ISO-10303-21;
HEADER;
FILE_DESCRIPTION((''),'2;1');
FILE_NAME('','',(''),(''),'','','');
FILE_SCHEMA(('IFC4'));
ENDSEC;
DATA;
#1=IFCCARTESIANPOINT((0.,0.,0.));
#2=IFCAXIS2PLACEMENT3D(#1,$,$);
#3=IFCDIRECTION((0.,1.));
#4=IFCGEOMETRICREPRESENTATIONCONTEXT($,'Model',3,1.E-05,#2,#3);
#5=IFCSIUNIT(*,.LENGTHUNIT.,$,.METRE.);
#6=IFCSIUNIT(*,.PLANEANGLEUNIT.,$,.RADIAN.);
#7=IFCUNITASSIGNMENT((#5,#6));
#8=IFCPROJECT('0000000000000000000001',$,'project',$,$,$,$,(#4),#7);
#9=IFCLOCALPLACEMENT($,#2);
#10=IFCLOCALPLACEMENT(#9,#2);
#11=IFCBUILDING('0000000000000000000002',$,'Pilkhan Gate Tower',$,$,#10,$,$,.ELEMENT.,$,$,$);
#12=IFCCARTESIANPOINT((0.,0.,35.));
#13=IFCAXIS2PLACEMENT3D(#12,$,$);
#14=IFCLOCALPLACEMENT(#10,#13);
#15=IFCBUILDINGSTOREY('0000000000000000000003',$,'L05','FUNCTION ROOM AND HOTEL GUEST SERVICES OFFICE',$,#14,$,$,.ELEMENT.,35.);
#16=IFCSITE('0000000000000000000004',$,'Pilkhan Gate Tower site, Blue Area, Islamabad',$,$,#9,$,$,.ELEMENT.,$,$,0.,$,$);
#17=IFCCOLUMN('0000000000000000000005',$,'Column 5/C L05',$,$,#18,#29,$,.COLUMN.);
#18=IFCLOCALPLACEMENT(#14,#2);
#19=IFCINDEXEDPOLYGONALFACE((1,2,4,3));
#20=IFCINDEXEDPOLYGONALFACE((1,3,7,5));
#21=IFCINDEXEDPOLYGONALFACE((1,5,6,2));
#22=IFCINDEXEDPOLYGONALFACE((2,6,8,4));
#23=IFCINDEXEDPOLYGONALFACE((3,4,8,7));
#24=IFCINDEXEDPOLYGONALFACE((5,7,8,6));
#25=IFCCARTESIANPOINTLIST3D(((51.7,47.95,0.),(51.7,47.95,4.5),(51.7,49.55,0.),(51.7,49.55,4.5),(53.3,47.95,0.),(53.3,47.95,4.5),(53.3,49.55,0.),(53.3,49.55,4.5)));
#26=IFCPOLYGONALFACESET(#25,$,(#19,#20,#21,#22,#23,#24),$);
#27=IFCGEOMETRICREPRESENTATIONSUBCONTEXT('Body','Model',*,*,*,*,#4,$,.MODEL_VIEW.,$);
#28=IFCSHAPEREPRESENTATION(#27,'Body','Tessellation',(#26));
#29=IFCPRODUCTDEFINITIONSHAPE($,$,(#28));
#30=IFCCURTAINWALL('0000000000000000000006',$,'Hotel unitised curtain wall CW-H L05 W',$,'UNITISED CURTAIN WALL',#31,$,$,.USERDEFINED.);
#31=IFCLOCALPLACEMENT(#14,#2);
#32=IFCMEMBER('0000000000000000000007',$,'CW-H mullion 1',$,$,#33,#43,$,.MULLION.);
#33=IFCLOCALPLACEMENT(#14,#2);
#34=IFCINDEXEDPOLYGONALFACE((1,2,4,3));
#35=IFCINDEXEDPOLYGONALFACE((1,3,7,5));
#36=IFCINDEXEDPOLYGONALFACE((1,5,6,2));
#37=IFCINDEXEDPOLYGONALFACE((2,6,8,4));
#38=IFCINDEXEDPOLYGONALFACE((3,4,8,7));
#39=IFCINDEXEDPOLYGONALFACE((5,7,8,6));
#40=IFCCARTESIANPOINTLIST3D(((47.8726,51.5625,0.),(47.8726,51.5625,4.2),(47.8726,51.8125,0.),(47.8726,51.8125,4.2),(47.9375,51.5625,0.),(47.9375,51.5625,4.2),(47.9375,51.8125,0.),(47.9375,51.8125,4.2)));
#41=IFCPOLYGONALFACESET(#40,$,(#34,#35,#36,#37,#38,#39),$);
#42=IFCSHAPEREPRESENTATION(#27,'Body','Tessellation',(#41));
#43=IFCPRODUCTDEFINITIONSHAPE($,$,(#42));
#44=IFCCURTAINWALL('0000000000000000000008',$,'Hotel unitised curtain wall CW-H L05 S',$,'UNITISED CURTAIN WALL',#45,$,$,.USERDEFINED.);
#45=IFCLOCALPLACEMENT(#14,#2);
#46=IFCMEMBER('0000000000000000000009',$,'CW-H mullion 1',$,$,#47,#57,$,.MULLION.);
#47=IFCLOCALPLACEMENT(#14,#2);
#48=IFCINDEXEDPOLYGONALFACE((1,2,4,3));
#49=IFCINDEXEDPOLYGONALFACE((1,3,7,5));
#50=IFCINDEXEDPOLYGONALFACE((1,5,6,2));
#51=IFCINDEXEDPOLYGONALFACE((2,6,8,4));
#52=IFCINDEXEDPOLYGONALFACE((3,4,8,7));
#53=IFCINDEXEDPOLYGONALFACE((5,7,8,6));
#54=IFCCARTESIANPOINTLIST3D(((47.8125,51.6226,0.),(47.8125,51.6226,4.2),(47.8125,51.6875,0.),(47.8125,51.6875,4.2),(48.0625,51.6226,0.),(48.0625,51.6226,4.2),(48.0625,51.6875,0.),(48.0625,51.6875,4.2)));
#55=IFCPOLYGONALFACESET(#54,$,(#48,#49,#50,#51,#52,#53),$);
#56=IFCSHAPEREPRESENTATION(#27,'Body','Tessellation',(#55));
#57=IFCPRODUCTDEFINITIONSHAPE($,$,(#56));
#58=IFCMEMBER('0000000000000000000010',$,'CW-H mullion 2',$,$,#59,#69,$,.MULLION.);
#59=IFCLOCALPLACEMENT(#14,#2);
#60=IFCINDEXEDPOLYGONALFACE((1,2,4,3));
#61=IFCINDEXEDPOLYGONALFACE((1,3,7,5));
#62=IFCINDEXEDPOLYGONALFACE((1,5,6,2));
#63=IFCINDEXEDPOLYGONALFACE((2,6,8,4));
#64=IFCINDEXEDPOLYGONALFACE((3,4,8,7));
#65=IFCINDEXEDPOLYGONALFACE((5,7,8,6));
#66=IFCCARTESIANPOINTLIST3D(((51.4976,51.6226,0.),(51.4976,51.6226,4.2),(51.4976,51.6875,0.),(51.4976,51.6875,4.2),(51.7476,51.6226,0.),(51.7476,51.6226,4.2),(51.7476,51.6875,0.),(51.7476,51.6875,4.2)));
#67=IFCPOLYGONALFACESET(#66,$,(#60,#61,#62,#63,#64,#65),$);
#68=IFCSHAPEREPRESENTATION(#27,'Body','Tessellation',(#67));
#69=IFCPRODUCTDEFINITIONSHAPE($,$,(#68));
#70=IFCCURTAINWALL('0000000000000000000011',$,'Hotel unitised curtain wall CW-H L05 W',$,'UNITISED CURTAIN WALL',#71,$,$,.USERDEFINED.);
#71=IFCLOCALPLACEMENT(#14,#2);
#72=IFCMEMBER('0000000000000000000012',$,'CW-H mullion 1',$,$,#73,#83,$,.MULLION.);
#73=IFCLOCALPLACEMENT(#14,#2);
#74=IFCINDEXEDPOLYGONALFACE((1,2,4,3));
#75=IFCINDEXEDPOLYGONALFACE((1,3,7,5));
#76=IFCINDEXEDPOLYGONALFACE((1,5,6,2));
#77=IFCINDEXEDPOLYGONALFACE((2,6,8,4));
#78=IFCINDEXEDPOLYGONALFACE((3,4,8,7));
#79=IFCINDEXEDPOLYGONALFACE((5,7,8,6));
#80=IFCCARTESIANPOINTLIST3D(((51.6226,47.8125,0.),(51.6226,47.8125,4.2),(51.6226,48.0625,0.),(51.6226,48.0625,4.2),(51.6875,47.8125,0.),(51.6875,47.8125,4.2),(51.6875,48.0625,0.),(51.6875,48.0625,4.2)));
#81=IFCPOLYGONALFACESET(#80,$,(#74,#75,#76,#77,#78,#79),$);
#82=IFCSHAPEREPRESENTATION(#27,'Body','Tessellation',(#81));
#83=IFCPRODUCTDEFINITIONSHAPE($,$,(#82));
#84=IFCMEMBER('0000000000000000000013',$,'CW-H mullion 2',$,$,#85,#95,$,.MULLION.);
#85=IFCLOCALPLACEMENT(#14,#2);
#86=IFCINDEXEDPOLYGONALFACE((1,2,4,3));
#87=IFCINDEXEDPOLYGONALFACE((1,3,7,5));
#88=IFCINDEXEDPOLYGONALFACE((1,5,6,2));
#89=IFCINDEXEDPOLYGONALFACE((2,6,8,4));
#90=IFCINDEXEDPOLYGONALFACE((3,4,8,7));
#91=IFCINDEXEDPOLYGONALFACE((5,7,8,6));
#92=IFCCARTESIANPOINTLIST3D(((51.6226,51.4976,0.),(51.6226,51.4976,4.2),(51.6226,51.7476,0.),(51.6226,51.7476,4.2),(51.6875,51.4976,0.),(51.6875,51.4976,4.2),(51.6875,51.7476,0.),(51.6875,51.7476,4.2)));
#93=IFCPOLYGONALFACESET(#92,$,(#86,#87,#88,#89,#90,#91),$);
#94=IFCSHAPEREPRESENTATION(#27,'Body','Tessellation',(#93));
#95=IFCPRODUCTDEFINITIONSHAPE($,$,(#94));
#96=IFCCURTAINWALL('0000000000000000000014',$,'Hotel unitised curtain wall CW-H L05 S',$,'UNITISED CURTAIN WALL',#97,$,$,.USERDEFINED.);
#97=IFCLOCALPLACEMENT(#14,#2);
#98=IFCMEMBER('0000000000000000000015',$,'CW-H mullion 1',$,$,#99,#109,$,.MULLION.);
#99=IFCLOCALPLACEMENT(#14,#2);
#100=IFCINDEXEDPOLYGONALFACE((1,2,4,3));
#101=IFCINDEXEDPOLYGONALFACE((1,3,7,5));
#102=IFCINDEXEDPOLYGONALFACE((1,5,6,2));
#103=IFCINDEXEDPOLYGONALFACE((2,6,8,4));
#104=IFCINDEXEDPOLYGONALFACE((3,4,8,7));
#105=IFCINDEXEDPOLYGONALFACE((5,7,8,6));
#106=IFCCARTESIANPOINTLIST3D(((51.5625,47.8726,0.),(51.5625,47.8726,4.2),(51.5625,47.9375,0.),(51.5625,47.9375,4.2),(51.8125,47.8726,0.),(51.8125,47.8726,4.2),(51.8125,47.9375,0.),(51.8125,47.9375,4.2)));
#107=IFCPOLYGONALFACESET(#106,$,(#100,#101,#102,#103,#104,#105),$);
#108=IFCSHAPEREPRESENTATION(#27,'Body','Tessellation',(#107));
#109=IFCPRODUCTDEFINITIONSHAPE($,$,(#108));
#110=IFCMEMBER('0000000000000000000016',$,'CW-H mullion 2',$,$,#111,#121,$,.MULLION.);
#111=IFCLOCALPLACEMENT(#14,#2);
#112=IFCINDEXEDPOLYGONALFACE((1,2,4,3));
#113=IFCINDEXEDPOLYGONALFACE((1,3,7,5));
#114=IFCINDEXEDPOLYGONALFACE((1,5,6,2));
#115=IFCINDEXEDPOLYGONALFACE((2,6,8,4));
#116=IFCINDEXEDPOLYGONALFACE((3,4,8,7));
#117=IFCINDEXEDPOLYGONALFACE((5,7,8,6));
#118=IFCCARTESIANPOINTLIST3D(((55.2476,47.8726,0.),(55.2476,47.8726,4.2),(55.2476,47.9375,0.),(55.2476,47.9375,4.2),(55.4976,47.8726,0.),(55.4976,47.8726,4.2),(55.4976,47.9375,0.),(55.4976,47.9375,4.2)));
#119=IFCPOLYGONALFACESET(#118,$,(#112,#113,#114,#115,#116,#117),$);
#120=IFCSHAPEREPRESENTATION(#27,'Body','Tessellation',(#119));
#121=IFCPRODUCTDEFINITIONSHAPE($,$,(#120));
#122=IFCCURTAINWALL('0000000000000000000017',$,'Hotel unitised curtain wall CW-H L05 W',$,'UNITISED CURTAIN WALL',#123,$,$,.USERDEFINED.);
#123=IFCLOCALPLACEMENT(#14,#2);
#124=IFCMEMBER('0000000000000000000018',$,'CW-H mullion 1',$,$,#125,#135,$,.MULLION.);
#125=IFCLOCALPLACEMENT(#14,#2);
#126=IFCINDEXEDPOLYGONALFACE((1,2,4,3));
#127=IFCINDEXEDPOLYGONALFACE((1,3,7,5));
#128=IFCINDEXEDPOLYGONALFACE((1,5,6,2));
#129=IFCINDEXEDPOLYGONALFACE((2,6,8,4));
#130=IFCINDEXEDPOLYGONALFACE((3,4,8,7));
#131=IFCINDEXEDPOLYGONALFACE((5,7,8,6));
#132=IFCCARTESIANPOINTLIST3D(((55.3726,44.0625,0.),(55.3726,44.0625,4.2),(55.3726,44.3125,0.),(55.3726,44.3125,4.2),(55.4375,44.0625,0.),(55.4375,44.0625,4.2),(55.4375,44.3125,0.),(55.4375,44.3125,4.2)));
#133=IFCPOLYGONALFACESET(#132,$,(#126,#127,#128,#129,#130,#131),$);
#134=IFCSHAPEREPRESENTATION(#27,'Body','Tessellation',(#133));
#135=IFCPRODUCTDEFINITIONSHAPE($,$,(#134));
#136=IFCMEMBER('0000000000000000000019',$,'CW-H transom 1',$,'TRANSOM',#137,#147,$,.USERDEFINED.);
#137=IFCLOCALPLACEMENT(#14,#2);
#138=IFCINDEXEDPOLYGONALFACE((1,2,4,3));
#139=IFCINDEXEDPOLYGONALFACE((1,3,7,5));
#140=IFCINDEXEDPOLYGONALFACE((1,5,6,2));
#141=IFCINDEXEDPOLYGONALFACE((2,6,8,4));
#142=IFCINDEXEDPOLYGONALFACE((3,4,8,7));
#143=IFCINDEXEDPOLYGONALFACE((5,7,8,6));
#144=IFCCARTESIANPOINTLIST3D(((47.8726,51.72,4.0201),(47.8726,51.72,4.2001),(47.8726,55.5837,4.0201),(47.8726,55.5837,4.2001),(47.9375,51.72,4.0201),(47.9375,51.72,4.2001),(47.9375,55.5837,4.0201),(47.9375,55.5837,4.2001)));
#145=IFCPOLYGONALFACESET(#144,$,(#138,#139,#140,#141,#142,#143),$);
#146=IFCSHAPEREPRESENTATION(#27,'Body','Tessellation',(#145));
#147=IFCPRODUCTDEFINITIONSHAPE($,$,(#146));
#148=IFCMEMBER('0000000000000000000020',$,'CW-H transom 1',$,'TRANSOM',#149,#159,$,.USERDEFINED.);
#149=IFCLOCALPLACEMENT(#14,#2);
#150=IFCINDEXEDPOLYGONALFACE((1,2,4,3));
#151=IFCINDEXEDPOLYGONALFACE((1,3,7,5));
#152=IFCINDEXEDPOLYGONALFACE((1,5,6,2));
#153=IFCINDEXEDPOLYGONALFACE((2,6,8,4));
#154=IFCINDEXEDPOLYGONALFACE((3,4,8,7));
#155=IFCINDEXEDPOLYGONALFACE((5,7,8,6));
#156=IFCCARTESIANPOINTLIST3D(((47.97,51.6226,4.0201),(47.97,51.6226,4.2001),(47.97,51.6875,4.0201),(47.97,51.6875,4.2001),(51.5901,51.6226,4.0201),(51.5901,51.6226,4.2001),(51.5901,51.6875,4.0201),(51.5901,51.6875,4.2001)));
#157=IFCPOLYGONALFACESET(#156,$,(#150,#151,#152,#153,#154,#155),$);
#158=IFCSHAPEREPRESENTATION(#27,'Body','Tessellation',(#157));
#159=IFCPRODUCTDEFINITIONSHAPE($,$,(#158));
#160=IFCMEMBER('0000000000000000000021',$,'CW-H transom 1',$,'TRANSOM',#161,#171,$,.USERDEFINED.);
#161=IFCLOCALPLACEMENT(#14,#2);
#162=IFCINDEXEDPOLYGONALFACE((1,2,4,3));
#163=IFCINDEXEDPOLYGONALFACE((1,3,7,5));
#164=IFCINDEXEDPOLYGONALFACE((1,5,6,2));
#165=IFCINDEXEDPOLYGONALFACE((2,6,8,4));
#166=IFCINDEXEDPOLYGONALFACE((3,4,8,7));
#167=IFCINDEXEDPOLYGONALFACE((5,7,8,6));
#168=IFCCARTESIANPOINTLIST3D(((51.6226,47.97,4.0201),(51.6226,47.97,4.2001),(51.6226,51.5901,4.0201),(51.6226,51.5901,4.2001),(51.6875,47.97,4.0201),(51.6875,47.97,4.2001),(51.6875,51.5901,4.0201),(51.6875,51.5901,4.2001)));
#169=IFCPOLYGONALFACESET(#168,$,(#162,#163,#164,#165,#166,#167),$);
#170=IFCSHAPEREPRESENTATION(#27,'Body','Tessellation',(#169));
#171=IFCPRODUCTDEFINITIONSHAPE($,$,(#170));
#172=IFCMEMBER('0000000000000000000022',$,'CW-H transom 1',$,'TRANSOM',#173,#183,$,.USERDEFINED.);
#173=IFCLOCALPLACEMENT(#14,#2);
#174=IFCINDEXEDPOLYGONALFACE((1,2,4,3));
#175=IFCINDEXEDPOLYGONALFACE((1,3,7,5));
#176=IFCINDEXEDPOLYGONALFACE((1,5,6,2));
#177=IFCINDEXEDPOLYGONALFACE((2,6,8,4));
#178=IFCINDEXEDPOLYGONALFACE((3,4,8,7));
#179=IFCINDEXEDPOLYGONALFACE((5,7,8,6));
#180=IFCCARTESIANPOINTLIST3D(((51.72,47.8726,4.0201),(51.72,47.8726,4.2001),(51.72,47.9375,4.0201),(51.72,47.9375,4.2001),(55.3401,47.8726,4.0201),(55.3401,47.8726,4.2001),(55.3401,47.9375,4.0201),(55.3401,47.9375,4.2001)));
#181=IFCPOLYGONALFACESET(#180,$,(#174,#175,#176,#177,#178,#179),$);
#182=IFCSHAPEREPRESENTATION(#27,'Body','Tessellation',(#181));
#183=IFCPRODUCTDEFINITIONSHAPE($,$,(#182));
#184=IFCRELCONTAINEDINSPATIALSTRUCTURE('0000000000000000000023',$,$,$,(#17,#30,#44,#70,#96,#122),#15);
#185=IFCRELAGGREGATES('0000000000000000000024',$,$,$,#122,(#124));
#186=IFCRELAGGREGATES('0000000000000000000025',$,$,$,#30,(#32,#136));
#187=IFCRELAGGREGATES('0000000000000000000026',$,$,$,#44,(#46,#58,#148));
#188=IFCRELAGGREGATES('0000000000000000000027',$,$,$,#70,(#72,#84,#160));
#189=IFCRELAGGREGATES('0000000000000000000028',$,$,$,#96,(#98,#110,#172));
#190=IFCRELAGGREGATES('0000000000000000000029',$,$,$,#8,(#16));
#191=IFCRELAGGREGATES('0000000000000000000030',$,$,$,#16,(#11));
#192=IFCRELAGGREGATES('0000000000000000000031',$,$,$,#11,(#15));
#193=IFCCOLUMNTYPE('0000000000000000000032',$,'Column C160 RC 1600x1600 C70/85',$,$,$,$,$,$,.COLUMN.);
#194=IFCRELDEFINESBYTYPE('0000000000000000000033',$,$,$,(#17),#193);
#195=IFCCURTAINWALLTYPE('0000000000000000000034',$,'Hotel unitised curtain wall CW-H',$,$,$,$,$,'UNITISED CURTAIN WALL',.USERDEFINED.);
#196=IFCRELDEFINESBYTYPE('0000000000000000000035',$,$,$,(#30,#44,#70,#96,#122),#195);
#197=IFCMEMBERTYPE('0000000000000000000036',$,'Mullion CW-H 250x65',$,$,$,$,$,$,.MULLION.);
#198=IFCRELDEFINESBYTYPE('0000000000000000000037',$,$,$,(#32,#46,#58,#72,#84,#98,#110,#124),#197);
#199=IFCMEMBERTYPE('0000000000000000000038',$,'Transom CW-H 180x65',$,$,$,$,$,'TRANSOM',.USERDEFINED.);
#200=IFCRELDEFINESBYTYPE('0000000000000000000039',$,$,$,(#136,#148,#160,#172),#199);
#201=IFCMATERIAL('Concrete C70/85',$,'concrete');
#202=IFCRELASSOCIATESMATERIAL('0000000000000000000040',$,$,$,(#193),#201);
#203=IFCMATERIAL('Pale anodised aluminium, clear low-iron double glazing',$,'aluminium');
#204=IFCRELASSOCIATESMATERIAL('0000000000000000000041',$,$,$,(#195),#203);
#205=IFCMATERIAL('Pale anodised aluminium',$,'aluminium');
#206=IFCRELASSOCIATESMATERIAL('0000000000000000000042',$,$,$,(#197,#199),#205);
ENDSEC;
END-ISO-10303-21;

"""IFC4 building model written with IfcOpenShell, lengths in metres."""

from ifc_helpers import new_model, si_unit, direction, frame, origin, origin_2d, place, context, subcontext, project, spatial, rectangle, extrude, material, material_profile, profile_set, type_object, element, aggregate, save


model = new_model("IFC4")

# Units and contexts
model_context = context("Model", 3, precision=1e-05, world=origin(), true_north=direction((0.0, 1.0)))
body_context = subcontext(model_context, "Body", "Model", "MODEL_VIEW")
ifc_project = project(units=[si_unit("LENGTHUNIT", "METRE"), si_unit("PLANEANGLEUNIT", "RADIAN")], contexts=[model_context])

# Site, building, storey
site_placement = place(None, origin())
site = spatial("IfcSite", under=ifc_project, at=site_placement, Name="Pilkhan Gate Tower site, Blue Area, Islamabad", CompositionType="ELEMENT", RefElevation=0.0)
building_placement = place(site_placement, origin())
building = spatial("IfcBuilding", under=site, at=building_placement, Name="Pilkhan Gate Tower", CompositionType="ELEMENT")
storey_placement = place(building_placement, frame((0.0, 0.0, 35.0)))
storey = spatial("IfcBuildingStorey", under=building, at=storey_placement, Name="L05", Description="FUNCTION ROOM AND HOTEL GUEST SERVICES OFFICE", CompositionType="ELEMENT", Elevation=35.0)

# Column
ifc_material_1 = material(Name="Concrete C70/85", Category="concrete")
ifc_material_profile_1 = material_profile(ifc_material_1, rectangle(XDim=1.6001, YDim=1.6001, at=origin_2d()), Name="RC 1600x1600")
ifc_profile_set_1 = profile_set([ifc_material_profile_1], Name="Concrete C70/85")
column_type = type_object("IfcColumnType", Name="Column C160 RC 1600x1600 C70/85", PredefinedType="COLUMN", material=ifc_profile_set_1)
column_placement = place(storey_placement, frame((52.5, 48.75, 0.0), z_axis=(0.0, 0.0, 1.0), x_axis=(1.0, 0.0, 0.0)))
element("IfcColumn", 1, at=column_placement, inside=storey, type_object=column_type, Name="Column 5/C L05", PredefinedType="COLUMN", context=body_context, shape_type="SweptSolid", body=[
    extrude(rectangle(XDim=1.6001, YDim=1.6001, at=origin_2d()), origin(), (0.0, 0.0, 1.0), 4.5),
])

# Curtain wall, member
ifc_material_2 = material(Name="Pale anodised aluminium, clear low-iron double glazing", Category="aluminium")
curtain_wall_type = type_object("IfcCurtainWallType", Name="Hotel unitised curtain wall CW-H", ElementType="UNITISED CURTAIN WALL", PredefinedType="USERDEFINED", material=ifc_material_2)
curtain_wall_1_placement = place(storey_placement, origin())
curtain_wall_1 = element("IfcCurtainWall", 2, at=curtain_wall_1_placement, inside=storey, type_object=curtain_wall_type, Name="Hotel unitised curtain wall CW-H L05 W", ObjectType="UNITISED CURTAIN WALL", PredefinedType="USERDEFINED")
ifc_material_3 = material(Name="Pale anodised aluminium", Category="aluminium")
ifc_material_profile_2 = material_profile(ifc_material_3, rectangle(XDim=0.0649, YDim=0.25, at=origin_2d()), Name="Mullion 250x65")
ifc_profile_set_2 = profile_set([ifc_material_profile_2], Name="Pale anodised aluminium")
member_type_1 = type_object("IfcMemberType", Name="Mullion CW-H 250x65", PredefinedType="MULLION", material=ifc_profile_set_2)
member_1_placement = place(storey_placement, frame((47.905, 51.6875, 0.0), z_axis=(0.0, 0.0, 1.0), x_axis=(-1.0, 0.0, 0.0)))
member_1 = element("IfcMember", 3, at=member_1_placement, type_object=member_type_1, Name="CW-H mullion 1", PredefinedType="MULLION", context=body_context, shape_type="SweptSolid", body=[
    extrude(rectangle(XDim=0.0649, YDim=0.25, at=origin_2d()), origin(), (0.0, 0.0, 1.0), 4.2),
])

# Curtain walls, members
curtain_wall_2_placement = place(storey_placement, origin())
curtain_wall_2 = element("IfcCurtainWall", 4, at=curtain_wall_2_placement, inside=storey, type_object=curtain_wall_type, Name="Hotel unitised curtain wall CW-H L05 S", ObjectType="UNITISED CURTAIN WALL", PredefinedType="USERDEFINED")
member_2_placement = place(storey_placement, frame((47.9375, 51.655, 0.0), z_axis=(0.0, 0.0, 1.0), x_axis=(0.0, 1.0, 0.0)))
member_2 = element("IfcMember", 5, at=member_2_placement, type_object=member_type_1, Name="CW-H mullion 1", PredefinedType="MULLION", context=body_context, shape_type="SweptSolid", body=[
    extrude(rectangle(XDim=0.0649, YDim=0.25, at=origin_2d()), origin(), (0.0, 0.0, 1.0), 4.2),
])
member_3_placement = place(storey_placement, frame((51.6226, 51.655, 0.0), z_axis=(0.0, 0.0, 1.0), x_axis=(0.0, 1.0, 0.0)))
member_3 = element("IfcMember", 6, at=member_3_placement, type_object=member_type_1, Name="CW-H mullion 2", PredefinedType="MULLION", context=body_context, shape_type="SweptSolid", body=[
    extrude(rectangle(XDim=0.0649, YDim=0.25, at=origin_2d()), origin(), (0.0, 0.0, 1.0), 4.2),
])
curtain_wall_3_placement = place(storey_placement, origin())
curtain_wall_3 = element("IfcCurtainWall", 7, at=curtain_wall_3_placement, inside=storey, type_object=curtain_wall_type, Name="Hotel unitised curtain wall CW-H L05 W", ObjectType="UNITISED CURTAIN WALL", PredefinedType="USERDEFINED")
member_4_placement = place(storey_placement, frame((51.655, 47.9375, 0.0), z_axis=(0.0, 0.0, 1.0), x_axis=(-1.0, 0.0, 0.0)))
member_4 = element("IfcMember", 8, at=member_4_placement, type_object=member_type_1, Name="CW-H mullion 1", PredefinedType="MULLION", context=body_context, shape_type="SweptSolid", body=[
    extrude(rectangle(XDim=0.0649, YDim=0.25, at=origin_2d()), origin(), (0.0, 0.0, 1.0), 4.2),
])
member_5_placement = place(storey_placement, frame((51.655, 51.6226, 0.0), z_axis=(0.0, 0.0, 1.0), x_axis=(-1.0, 0.0, 0.0)))
member_5 = element("IfcMember", 9, at=member_5_placement, type_object=member_type_1, Name="CW-H mullion 2", PredefinedType="MULLION", context=body_context, shape_type="SweptSolid", body=[
    extrude(rectangle(XDim=0.0649, YDim=0.25, at=origin_2d()), origin(), (0.0, 0.0, 1.0), 4.2),
])
curtain_wall_4_placement = place(storey_placement, origin())
curtain_wall_4 = element("IfcCurtainWall", 10, at=curtain_wall_4_placement, inside=storey, type_object=curtain_wall_type, Name="Hotel unitised curtain wall CW-H L05 S", ObjectType="UNITISED CURTAIN WALL", PredefinedType="USERDEFINED")
member_6_placement = place(storey_placement, frame((51.6875, 47.905, 0.0), z_axis=(0.0, 0.0, 1.0), x_axis=(0.0, 1.0, 0.0)))
member_6 = element("IfcMember", 11, at=member_6_placement, type_object=member_type_1, Name="CW-H mullion 1", PredefinedType="MULLION", context=body_context, shape_type="SweptSolid", body=[
    extrude(rectangle(XDim=0.0649, YDim=0.25, at=origin_2d()), origin(), (0.0, 0.0, 1.0), 4.2),
])
member_7_placement = place(storey_placement, frame((55.3726, 47.905, 0.0), z_axis=(0.0, 0.0, 1.0), x_axis=(0.0, 1.0, 0.0)))
member_7 = element("IfcMember", 12, at=member_7_placement, type_object=member_type_1, Name="CW-H mullion 2", PredefinedType="MULLION", context=body_context, shape_type="SweptSolid", body=[
    extrude(rectangle(XDim=0.0649, YDim=0.25, at=origin_2d()), origin(), (0.0, 0.0, 1.0), 4.2),
])

# Curtain wall, member
curtain_wall_5_placement = place(storey_placement, origin())
curtain_wall_5 = element("IfcCurtainWall", 13, at=curtain_wall_5_placement, inside=storey, type_object=curtain_wall_type, Name="Hotel unitised curtain wall CW-H L05 W", ObjectType="UNITISED CURTAIN WALL", PredefinedType="USERDEFINED")
member_8_placement = place(storey_placement, frame((55.405, 44.1875, 0.0), z_axis=(0.0, 0.0, 1.0), x_axis=(-1.0, 0.0, 0.0)))
member_8 = element("IfcMember", 14, at=member_8_placement, type_object=member_type_1, Name="CW-H mullion 1", PredefinedType="MULLION", context=body_context, shape_type="SweptSolid", body=[
    extrude(rectangle(XDim=0.0649, YDim=0.25, at=origin_2d()), origin(), (0.0, 0.0, 1.0), 4.2),
])
aggregate(curtain_wall_5, [member_8])

# Members
ifc_material_profile_3 = material_profile(ifc_material_3, rectangle(XDim=0.0649, YDim=0.1799, at=origin_2d()), Name="Transom 180x65")
ifc_profile_set_3 = profile_set([ifc_material_profile_3], Name="Pale anodised aluminium")
member_type_2 = type_object("IfcMemberType", Name="Transom CW-H 180x65", ElementType="TRANSOM", PredefinedType="USERDEFINED", material=ifc_profile_set_3)
member_9_placement = place(storey_placement, frame((47.905, 51.72, 4.1101), z_axis=(0.0, 1.0, 0.0), x_axis=(-1.0, 0.0, 0.0)))
member_9 = element("IfcMember", 15, at=member_9_placement, type_object=member_type_2, Name="CW-H transom 1", ObjectType="TRANSOM", PredefinedType="USERDEFINED", context=body_context, shape_type="SweptSolid", body=[
    extrude(rectangle(XDim=0.0649, YDim=0.1799, at=origin_2d()), origin(), (0.0, 0.0, 1.0), 3.8638),
])
aggregate(curtain_wall_1, [member_1, member_9])
member_10_placement = place(storey_placement, frame((47.97, 51.655, 4.1101), z_axis=(1.0, 0.0, 0.0), x_axis=(0.0, 1.0, 0.0)))
member_10 = element("IfcMember", 16, at=member_10_placement, type_object=member_type_2, Name="CW-H transom 1", ObjectType="TRANSOM", PredefinedType="USERDEFINED", context=body_context, shape_type="SweptSolid", body=[
    extrude(rectangle(XDim=0.0649, YDim=0.1799, at=origin_2d()), origin(), (0.0, 0.0, 1.0), 3.6201),
])
member_11_placement = place(storey_placement, frame((51.655, 47.97, 4.1101), z_axis=(0.0, 1.0, 0.0), x_axis=(-1.0, 0.0, 0.0)))
member_11 = element("IfcMember", 17, at=member_11_placement, type_object=member_type_2, Name="CW-H transom 1", ObjectType="TRANSOM", PredefinedType="USERDEFINED", context=body_context, shape_type="SweptSolid", body=[
    extrude(rectangle(XDim=0.0649, YDim=0.1799, at=origin_2d()), origin(), (0.0, 0.0, 1.0), 3.6201),
])
member_12_placement = place(storey_placement, frame((51.72, 47.905, 4.1101), z_axis=(1.0, 0.0, 0.0), x_axis=(0.0, 1.0, 0.0)))
member_12 = element("IfcMember", 18, at=member_12_placement, type_object=member_type_2, Name="CW-H transom 1", ObjectType="TRANSOM", PredefinedType="USERDEFINED", context=body_context, shape_type="SweptSolid", body=[
    extrude(rectangle(XDim=0.0649, YDim=0.1799, at=origin_2d()), origin(), (0.0, 0.0, 1.0), 3.6201),
])

aggregate(curtain_wall_2, [member_2, member_3, member_10])
aggregate(curtain_wall_3, [member_4, member_5, member_11])
aggregate(curtain_wall_4, [member_6, member_7, member_12])

save(model, "model.ifc")
